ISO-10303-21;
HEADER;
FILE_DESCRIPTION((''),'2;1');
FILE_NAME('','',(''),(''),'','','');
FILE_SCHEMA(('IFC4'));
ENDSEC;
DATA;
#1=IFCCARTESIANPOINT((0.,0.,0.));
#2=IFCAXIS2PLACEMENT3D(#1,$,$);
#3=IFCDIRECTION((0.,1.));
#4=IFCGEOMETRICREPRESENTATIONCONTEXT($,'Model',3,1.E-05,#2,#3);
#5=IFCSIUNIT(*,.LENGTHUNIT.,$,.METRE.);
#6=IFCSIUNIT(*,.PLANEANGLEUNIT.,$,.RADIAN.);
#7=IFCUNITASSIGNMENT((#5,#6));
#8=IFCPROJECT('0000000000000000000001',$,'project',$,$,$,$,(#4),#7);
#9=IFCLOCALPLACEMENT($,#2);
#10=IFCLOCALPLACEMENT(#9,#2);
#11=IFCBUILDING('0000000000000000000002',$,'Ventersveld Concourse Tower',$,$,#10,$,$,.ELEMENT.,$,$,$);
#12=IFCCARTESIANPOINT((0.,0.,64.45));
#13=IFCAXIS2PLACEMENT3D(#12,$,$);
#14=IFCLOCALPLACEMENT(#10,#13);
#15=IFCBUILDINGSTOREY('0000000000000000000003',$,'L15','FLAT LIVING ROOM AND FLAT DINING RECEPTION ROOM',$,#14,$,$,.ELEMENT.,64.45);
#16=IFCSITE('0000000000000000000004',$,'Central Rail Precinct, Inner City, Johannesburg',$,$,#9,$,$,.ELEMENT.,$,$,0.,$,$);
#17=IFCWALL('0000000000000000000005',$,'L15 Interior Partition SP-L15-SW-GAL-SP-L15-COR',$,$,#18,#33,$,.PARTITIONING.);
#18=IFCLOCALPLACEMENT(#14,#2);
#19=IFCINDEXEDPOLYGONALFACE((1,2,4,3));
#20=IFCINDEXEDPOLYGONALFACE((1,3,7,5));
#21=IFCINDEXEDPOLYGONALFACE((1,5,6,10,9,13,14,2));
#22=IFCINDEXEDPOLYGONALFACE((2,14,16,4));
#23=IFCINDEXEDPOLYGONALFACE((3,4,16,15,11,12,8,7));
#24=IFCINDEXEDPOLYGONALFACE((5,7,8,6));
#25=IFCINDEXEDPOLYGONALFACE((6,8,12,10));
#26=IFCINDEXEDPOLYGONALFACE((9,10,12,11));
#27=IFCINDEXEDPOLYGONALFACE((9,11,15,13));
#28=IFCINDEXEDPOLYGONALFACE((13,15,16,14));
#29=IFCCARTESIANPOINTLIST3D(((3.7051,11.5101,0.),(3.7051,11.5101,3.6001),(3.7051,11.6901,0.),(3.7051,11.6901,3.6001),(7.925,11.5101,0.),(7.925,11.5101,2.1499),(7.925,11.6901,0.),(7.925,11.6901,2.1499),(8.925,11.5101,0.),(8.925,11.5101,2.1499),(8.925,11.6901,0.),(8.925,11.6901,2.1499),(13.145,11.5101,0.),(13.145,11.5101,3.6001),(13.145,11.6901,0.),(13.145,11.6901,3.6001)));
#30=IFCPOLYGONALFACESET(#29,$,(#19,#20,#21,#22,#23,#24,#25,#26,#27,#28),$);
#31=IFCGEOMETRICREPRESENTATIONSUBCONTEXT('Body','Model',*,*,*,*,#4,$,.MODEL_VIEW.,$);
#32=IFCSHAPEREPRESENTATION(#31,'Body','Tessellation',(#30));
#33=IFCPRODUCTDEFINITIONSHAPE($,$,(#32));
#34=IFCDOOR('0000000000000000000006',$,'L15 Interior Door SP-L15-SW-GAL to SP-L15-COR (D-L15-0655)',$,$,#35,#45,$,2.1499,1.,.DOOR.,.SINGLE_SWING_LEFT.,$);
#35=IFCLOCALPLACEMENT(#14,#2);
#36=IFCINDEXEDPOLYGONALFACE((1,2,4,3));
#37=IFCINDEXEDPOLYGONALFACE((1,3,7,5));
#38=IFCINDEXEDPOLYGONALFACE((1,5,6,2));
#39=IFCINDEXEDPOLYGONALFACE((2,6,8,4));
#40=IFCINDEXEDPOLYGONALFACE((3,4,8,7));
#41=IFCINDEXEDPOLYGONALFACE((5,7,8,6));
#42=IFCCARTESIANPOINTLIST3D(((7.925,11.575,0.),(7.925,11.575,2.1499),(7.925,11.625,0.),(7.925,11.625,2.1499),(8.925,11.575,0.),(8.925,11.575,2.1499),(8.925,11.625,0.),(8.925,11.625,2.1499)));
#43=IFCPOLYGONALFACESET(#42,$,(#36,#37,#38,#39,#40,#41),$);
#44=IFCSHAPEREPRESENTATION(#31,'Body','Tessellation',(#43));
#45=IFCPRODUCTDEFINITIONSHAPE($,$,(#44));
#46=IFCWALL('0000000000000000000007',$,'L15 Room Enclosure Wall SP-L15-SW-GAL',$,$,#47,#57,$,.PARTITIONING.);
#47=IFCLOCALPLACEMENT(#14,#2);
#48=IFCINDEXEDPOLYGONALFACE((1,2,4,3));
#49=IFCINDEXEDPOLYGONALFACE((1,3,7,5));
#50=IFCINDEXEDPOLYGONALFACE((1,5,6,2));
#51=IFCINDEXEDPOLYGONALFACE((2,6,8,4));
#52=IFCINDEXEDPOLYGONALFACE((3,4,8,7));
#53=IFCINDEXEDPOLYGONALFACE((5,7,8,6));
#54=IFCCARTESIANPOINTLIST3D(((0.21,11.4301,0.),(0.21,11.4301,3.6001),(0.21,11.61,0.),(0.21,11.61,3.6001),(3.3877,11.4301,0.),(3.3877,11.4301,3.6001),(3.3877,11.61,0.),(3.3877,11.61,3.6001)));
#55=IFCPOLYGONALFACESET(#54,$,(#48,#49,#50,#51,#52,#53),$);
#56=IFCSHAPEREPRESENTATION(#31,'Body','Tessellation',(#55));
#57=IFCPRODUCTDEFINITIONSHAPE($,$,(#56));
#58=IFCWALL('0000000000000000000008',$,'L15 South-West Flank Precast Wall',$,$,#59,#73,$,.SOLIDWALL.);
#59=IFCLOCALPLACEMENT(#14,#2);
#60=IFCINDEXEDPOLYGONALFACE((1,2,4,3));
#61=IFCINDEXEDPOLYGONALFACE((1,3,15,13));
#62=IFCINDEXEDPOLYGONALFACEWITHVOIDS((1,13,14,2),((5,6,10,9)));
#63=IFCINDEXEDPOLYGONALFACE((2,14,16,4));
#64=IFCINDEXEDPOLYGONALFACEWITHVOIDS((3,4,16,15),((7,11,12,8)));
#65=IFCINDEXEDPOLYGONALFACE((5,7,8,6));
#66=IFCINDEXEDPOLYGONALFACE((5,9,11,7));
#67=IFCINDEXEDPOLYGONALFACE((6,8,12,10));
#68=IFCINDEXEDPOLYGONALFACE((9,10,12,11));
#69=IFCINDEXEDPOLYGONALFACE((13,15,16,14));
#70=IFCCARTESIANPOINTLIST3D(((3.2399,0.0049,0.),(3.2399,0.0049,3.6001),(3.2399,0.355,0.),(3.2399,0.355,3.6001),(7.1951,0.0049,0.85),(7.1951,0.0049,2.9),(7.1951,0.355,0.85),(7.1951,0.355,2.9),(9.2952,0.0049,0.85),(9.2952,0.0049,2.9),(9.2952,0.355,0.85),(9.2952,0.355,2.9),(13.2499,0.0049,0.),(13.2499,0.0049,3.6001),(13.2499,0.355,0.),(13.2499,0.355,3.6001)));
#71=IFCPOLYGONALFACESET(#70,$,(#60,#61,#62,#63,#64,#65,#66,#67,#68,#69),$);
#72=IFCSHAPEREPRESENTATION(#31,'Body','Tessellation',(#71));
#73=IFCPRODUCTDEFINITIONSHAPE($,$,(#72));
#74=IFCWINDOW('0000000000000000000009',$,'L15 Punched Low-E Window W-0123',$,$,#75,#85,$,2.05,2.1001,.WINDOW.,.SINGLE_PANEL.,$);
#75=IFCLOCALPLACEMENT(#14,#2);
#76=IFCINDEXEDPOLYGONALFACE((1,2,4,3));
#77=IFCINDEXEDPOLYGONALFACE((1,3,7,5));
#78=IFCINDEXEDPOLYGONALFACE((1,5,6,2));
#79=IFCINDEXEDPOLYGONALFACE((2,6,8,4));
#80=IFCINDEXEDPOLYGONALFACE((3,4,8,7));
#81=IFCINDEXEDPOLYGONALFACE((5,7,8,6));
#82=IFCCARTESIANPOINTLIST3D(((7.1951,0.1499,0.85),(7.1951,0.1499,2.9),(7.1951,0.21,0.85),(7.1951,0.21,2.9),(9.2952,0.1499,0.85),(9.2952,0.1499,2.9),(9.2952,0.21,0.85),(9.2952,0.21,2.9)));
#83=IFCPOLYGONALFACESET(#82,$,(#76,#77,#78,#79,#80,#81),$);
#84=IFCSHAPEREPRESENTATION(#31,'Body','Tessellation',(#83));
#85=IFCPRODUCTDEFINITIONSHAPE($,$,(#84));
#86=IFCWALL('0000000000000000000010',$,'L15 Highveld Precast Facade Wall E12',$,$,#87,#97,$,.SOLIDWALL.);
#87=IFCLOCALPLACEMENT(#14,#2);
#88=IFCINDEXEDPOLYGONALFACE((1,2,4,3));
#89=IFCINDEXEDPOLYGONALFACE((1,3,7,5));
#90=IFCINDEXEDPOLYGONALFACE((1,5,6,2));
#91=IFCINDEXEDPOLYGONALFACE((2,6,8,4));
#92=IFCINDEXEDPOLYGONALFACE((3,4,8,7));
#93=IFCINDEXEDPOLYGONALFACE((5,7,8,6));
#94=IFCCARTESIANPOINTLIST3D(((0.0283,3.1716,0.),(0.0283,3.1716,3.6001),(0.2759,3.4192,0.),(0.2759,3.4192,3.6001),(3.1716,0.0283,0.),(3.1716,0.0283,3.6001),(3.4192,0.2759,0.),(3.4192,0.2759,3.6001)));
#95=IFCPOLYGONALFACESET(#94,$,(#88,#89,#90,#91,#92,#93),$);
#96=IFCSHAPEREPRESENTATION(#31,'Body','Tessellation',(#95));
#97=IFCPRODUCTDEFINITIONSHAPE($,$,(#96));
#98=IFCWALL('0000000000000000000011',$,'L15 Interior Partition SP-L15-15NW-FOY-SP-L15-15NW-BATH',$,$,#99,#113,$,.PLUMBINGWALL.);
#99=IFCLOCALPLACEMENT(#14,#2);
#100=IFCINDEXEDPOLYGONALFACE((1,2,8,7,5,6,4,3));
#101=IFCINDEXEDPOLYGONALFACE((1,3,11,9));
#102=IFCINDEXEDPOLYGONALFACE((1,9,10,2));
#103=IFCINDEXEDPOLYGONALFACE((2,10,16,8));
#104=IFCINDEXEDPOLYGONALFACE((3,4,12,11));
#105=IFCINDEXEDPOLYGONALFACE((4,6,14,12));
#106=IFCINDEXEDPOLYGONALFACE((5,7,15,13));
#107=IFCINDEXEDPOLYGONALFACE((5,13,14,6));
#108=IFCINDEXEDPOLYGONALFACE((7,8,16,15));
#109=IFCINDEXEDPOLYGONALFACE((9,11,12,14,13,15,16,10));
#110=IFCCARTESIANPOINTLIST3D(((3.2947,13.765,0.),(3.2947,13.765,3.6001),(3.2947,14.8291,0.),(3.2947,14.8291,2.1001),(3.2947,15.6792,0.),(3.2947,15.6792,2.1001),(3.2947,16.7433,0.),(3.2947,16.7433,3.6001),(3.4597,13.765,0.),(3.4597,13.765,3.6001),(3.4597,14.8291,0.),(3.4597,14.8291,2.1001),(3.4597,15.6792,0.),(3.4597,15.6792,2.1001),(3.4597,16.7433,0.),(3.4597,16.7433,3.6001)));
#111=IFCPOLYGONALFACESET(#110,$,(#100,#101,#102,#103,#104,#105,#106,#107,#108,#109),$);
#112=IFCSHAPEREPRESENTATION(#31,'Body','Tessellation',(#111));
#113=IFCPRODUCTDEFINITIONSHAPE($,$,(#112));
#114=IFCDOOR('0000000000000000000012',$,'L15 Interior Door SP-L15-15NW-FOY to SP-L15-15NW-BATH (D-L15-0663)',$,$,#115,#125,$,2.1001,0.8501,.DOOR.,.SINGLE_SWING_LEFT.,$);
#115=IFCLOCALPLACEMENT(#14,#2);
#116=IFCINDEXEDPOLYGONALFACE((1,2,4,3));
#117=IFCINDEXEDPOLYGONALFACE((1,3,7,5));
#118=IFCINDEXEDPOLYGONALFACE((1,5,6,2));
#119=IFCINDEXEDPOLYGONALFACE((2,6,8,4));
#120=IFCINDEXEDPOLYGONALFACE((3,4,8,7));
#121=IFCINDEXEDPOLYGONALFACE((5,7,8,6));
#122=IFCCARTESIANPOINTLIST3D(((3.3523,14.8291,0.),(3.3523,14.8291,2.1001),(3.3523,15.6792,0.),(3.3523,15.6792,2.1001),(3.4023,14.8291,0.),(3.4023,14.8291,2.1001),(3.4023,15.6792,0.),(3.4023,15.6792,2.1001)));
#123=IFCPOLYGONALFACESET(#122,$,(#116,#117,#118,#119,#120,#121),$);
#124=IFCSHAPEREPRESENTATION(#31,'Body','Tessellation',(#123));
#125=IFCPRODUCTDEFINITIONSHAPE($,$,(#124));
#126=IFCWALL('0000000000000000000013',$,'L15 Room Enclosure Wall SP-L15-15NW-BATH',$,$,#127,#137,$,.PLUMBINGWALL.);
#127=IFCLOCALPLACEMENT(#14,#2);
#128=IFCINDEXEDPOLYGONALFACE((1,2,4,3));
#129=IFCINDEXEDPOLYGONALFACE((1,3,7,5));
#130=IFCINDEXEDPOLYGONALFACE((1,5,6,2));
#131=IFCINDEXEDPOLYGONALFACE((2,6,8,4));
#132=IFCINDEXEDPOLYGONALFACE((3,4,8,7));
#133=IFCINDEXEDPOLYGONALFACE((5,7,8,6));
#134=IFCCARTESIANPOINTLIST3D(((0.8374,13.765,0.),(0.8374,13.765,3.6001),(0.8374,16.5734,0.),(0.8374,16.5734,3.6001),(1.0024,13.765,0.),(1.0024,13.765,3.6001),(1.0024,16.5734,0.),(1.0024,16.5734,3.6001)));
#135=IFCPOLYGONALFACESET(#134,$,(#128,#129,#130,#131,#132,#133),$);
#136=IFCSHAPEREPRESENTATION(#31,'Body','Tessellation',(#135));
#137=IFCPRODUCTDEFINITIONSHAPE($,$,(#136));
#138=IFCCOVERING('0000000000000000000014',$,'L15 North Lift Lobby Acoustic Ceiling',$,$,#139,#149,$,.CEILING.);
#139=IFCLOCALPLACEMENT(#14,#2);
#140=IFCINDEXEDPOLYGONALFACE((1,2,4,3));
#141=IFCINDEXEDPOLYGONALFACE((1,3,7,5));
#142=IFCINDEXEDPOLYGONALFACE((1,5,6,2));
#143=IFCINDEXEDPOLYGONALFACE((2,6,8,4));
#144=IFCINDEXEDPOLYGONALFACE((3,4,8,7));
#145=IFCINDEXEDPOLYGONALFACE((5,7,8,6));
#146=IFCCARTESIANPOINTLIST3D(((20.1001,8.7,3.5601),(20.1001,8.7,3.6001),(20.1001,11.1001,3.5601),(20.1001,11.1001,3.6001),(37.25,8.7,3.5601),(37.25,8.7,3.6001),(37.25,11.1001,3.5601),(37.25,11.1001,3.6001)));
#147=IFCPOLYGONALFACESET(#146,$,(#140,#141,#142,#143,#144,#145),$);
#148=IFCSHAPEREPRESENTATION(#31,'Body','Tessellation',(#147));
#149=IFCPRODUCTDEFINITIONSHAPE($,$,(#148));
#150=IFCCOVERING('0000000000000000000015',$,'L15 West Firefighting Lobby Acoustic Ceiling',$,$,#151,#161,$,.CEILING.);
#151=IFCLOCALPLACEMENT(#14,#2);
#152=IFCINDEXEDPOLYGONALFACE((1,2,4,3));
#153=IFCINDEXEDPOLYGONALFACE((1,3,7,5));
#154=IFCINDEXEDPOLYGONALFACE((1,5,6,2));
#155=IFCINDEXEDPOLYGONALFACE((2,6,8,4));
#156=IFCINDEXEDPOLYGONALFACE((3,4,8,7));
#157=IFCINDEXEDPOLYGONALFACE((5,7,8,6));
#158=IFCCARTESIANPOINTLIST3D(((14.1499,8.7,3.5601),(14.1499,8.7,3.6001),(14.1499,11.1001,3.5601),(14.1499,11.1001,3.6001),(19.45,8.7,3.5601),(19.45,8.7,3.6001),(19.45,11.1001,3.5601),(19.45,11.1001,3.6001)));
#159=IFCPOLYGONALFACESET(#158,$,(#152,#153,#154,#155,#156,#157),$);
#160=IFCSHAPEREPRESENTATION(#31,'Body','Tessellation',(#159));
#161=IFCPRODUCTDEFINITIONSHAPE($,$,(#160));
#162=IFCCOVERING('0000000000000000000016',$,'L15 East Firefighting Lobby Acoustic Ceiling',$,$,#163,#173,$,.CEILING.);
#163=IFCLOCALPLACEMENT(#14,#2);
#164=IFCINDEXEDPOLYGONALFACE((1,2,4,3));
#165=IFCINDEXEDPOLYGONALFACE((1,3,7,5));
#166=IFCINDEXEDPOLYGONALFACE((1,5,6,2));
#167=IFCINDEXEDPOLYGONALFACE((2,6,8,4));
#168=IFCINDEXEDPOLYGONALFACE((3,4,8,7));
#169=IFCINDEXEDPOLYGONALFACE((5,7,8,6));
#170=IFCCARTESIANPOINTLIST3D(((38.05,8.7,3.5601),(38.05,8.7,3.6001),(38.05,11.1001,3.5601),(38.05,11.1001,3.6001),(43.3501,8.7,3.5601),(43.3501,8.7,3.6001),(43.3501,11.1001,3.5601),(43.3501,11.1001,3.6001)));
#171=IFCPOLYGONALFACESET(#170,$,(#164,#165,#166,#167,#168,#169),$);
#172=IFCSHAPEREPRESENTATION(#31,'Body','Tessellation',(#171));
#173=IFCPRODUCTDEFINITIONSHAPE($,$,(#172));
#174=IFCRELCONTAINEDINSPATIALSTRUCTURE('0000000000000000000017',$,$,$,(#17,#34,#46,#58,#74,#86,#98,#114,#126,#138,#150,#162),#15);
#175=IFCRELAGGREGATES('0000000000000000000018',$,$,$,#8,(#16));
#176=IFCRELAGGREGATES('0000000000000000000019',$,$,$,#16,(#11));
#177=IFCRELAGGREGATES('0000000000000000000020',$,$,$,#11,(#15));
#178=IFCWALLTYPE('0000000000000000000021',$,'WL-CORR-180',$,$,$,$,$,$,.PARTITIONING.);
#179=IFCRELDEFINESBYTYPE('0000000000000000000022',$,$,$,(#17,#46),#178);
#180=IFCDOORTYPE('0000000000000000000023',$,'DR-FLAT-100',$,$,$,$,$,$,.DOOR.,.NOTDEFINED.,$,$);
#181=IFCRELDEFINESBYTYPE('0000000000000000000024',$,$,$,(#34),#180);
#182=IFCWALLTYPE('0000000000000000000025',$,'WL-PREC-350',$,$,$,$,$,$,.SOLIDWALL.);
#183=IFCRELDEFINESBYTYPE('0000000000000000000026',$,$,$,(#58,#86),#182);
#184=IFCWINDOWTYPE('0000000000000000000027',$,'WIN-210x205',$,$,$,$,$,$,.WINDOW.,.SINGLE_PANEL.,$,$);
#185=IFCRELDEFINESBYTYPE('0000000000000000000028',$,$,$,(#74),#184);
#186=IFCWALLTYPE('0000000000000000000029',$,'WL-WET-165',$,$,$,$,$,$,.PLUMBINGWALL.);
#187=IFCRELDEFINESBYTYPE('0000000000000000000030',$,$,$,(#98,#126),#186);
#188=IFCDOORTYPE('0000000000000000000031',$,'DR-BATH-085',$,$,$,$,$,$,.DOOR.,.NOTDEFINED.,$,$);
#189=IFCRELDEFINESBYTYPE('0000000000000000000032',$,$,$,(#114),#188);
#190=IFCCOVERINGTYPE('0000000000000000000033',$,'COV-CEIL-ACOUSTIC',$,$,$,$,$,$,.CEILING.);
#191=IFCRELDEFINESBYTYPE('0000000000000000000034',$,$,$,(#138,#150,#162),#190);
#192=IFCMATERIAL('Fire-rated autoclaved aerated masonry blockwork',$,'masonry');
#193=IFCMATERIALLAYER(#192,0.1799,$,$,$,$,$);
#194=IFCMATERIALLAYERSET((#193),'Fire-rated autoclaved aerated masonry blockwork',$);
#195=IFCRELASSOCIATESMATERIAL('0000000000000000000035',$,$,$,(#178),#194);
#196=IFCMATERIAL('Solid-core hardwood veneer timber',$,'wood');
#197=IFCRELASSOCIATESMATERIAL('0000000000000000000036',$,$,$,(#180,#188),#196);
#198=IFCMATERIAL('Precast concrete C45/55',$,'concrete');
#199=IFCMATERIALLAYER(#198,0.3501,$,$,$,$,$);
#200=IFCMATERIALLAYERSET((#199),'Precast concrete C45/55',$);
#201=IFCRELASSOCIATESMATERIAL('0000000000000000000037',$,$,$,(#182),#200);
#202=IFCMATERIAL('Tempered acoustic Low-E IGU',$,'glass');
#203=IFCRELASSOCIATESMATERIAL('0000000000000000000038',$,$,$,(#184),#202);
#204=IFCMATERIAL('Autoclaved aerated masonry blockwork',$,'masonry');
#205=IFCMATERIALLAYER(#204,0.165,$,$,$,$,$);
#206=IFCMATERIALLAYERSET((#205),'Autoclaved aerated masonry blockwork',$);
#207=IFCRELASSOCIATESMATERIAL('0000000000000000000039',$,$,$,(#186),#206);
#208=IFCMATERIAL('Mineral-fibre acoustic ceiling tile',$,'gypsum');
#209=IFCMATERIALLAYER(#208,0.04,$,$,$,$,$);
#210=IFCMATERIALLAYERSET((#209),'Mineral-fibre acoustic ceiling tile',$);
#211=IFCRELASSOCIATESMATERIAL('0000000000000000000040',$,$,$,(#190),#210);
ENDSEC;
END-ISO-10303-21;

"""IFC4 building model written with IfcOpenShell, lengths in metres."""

from ifc_helpers import new_model, si_unit, direction, frame, frame_2d, origin, place, context, subcontext, project, spatial, polyline, rectangle, outline, extrude, material, layer, layer_set, type_object, element, fill, save


model = new_model("IFC4")

# Units and contexts
model_context = context("Model", 3, precision=1e-05, world=origin(), true_north=direction((0.0, 1.0)))
body_context = subcontext(model_context, "Body", "Model", "MODEL_VIEW")
ifc_project = project(units=[si_unit("LENGTHUNIT", "METRE"), si_unit("PLANEANGLEUNIT", "RADIAN")], contexts=[model_context])

# Site, building, storey
site_placement = place(None, origin())
site = spatial("IfcSite", under=ifc_project, at=site_placement, Name="Central Rail Precinct, Inner City, Johannesburg", CompositionType="ELEMENT", RefElevation=0.0)
building_placement = place(site_placement, origin())
building = spatial("IfcBuilding", under=site, at=building_placement, Name="Ventersveld Concourse Tower", CompositionType="ELEMENT")
storey_placement = place(building_placement, frame((0.0, 0.0, 64.45)))
storey = spatial("IfcBuildingStorey", under=building, at=storey_placement, Name="L15", Description="FLAT LIVING ROOM AND FLAT DINING RECEPTION ROOM", CompositionType="ELEMENT", Elevation=64.45)

# Wall, opening, door
ifc_material_1 = material(Name="Fire-rated autoclaved aerated masonry blockwork", Category="masonry")
ifc_layer_1 = layer(ifc_material_1, 0.1799)
ifc_layer_set_1 = layer_set([ifc_layer_1], Name="Fire-rated autoclaved aerated masonry blockwork")
wall_type_1 = type_object("IfcWallType", Name="WL-CORR-180", PredefinedType="PARTITIONING", material=ifc_layer_set_1)
wall_1_placement = place(storey_placement, frame((3.7051, 11.6001, 0.0), z_axis=(0.0, 0.0, 1.0), x_axis=(1.0, 0.0, 0.0)))
wall_1 = element("IfcWall", 1, at=wall_1_placement, inside=storey, type_object=wall_type_1, Name="L15 Interior Partition SP-L15-SW-GAL-SP-L15-COR", PredefinedType="PARTITIONING", context=body_context, shape_type="SweptSolid", body=[
    extrude(rectangle(XDim=9.4399, YDim=0.1799, at=frame_2d((4.72, 0.0))), origin(), (0.0, 0.0, 1.0), 3.6001),
])
opening_1_placement = place(wall_1_placement, frame((4.22, 0.0, 0.0)))
opening_1 = element("IfcOpeningElement", 2, at=opening_1_placement, cuts=wall_1, PredefinedType="OPENING", context=body_context, shape_type="SweptSolid", body=[
    extrude(rectangle(XDim=1.0, YDim=2.1499, at=frame_2d((0.5, 1.075))), frame((0.0, 0.1001, 0.0), z_axis=(0.0, -1.0, 0.0), x_axis=(1.0, 0.0, 0.0)), (0.0, 0.0, 1.0), 0.2),
])
ifc_material_2 = material(Name="Solid-core hardwood veneer timber", Category="wood")
door_type_1 = type_object("IfcDoorType", Name="DR-FLAT-100", OperationType="NOTDEFINED", PredefinedType="DOOR", material=ifc_material_2)
door_1_placement = place(opening_1_placement, origin())
door_1 = element("IfcDoor", 3, at=door_1_placement, inside=storey, type_object=door_type_1, Name="L15 Interior Door SP-L15-SW-GAL to SP-L15-COR (D-L15-0655)", OperationType="SINGLE_SWING_LEFT", OverallHeight=2.1499, OverallWidth=1.0, PredefinedType="DOOR", context=body_context, shape_type="SweptSolid", body=[
    extrude(rectangle(XDim=1.0, YDim=2.1499, at=frame_2d((0.5, 1.075))), frame((0.0, 0.0249, 0.0), z_axis=(0.0, -1.0, 0.0), x_axis=(1.0, 0.0, 0.0)), (0.0, 0.0, 1.0), 0.05),
])
fill(opening_1, door_1)

# Wall
wall_2_placement = place(storey_placement, frame((0.21, 11.52, 0.0), z_axis=(0.0, 0.0, 1.0), x_axis=(1.0, 0.0, 0.0)))
element("IfcWall", 4, at=wall_2_placement, inside=storey, type_object=wall_type_1, Name="L15 Room Enclosure Wall SP-L15-SW-GAL", PredefinedType="PARTITIONING", context=body_context, shape_type="SweptSolid", body=[
    extrude(rectangle(XDim=3.1777, YDim=0.1799, at=frame_2d((1.5889, 0.0))), origin(), (0.0, 0.0, 1.0), 3.6001),
])

# Wall, opening, window
ifc_material_3 = material(Name="Precast concrete C45/55", Category="concrete")
ifc_layer_2 = layer(ifc_material_3, 0.3501)
ifc_layer_set_2 = layer_set([ifc_layer_2], Name="Precast concrete C45/55")
wall_type_2 = type_object("IfcWallType", Name="WL-PREC-350", PredefinedType="SOLIDWALL", material=ifc_layer_set_2)
wall_3_placement = place(storey_placement, frame((3.24, 0.1799, 0.0), z_axis=(0.0, 0.0, 1.0), x_axis=(1.0, 0.0, 0.0)))
wall_3 = element("IfcWall", 5, at=wall_3_placement, inside=storey, type_object=wall_type_2, Name="L15 South-West Flank Precast Wall", PredefinedType="SOLIDWALL", context=body_context, shape_type="SweptSolid", body=[
    extrude(rectangle(XDim=10.01, YDim=0.3501, at=frame_2d((5.0049, 0.0))), origin(), (0.0, 0.0, 1.0), 3.6001),
])
opening_2_placement = place(wall_3_placement, frame((3.9551, 0.0, 0.8501)))
opening_2 = element("IfcOpeningElement", 6, at=opening_2_placement, cuts=wall_3, PredefinedType="OPENING", context=body_context, shape_type="SweptSolid", body=[
    extrude(rectangle(XDim=2.1001, YDim=2.05, at=frame_2d((1.05, 1.0249))), frame((0.0, 0.1851, 0.0), z_axis=(0.0, -1.0, 0.0), x_axis=(1.0, 0.0, 0.0)), (0.0, 0.0, 1.0), 0.3701),
])
ifc_material_4 = material(Name="Tempered acoustic Low-E IGU", Category="glass")
window_type = type_object("IfcWindowType", Name="WIN-210x205", PartitioningType="SINGLE_PANEL", PredefinedType="WINDOW", material=ifc_material_4)
window_placement = place(opening_2_placement, origin())
window = element("IfcWindow", 7, at=window_placement, inside=storey, type_object=window_type, Name="L15 Punched Low-E Window W-0123", OverallHeight=2.05, OverallWidth=2.1001, PartitioningType="SINGLE_PANEL", PredefinedType="WINDOW", context=body_context, shape_type="SweptSolid", body=[
    extrude(rectangle(XDim=2.1001, YDim=2.05, at=frame_2d((1.05, 1.0249))), frame((0.0, 0.03, 0.0), z_axis=(0.0, -1.0, 0.0), x_axis=(1.0, 0.0, 0.0)), (0.0, 0.0, 1.0), 0.0601),
])
fill(opening_2, window)

# Wall
wall_4_placement = place(storey_placement, frame((0.1521, 3.2954, 0.0), z_axis=(0.0, 0.0, 1.0), x_axis=(0.707107, -0.707107, 0.0)))
element("IfcWall", 8, at=wall_4_placement, inside=storey, type_object=wall_type_2, Name="L15 Highveld Precast Facade Wall E12", PredefinedType="SOLIDWALL", context=body_context, shape_type="SweptSolid", body=[
    extrude(rectangle(XDim=4.4453, YDim=0.3501, at=frame_2d((2.2227, 0.0))), origin(), (0.0, 0.0, 1.0), 3.6001),
])

# Wall, opening, door
ifc_material_5 = material(Name="Autoclaved aerated masonry blockwork", Category="masonry")
ifc_layer_3 = layer(ifc_material_5, 0.165)
ifc_layer_set_3 = layer_set([ifc_layer_3], Name="Autoclaved aerated masonry blockwork")
wall_type_3 = type_object("IfcWallType", Name="WL-WET-165", PredefinedType="PLUMBINGWALL", material=ifc_layer_set_3)
wall_5_placement = place(storey_placement, frame((3.3772, 13.7649, 0.0), z_axis=(0.0, 0.0, 1.0), x_axis=(0.0, 1.0, 0.0)))
wall_5 = element("IfcWall", 9, at=wall_5_placement, inside=storey, type_object=wall_type_3, Name="L15 Interior Partition SP-L15-15NW-FOY-SP-L15-15NW-BATH", PredefinedType="PLUMBINGWALL", context=body_context, shape_type="SweptSolid", body=[
    extrude(rectangle(XDim=2.9783, YDim=0.165, at=frame_2d((1.4893, 0.0))), origin(), (0.0, 0.0, 1.0), 3.6001),
])
opening_3_placement = place(wall_5_placement, frame((1.0642, 0.0, 0.0)))
opening_3 = element("IfcOpeningElement", 10, at=opening_3_placement, cuts=wall_5, PredefinedType="OPENING", context=body_context, shape_type="SweptSolid", body=[
    extrude(rectangle(XDim=0.8501, YDim=2.1001, at=frame_2d((0.425, 1.05))), frame((0.0, 0.0925, 0.0), z_axis=(0.0, -1.0, 0.0), x_axis=(1.0, 0.0, 0.0)), (0.0, 0.0, 1.0), 0.1851),
])
door_type_2 = type_object("IfcDoorType", Name="DR-BATH-085", OperationType="NOTDEFINED", PredefinedType="DOOR", material=ifc_material_2)
door_2_placement = place(opening_3_placement, origin())
door_2 = element("IfcDoor", 11, at=door_2_placement, inside=storey, type_object=door_type_2, Name="L15 Interior Door SP-L15-15NW-FOY to SP-L15-15NW-BATH (D-L15-0663)", OperationType="SINGLE_SWING_LEFT", OverallHeight=2.1001, OverallWidth=0.8501, PredefinedType="DOOR", context=body_context, shape_type="SweptSolid", body=[
    extrude(rectangle(XDim=0.8501, YDim=2.1001, at=frame_2d((0.425, 1.05))), frame((0.0, 0.0249, 0.0), z_axis=(0.0, -1.0, 0.0), x_axis=(1.0, 0.0, 0.0)), (0.0, 0.0, 1.0), 0.05),
])
fill(opening_3, door_2)

# Wall
wall_6_placement = place(storey_placement, frame((0.9199, 13.7649, 0.0), z_axis=(0.0, 0.0, 1.0), x_axis=(0.0, 1.0, 0.0)))
element("IfcWall", 12, at=wall_6_placement, inside=storey, type_object=wall_type_3, Name="L15 Room Enclosure Wall SP-L15-15NW-BATH", PredefinedType="PLUMBINGWALL", context=body_context, shape_type="SweptSolid", body=[
    extrude(rectangle(XDim=2.8083, YDim=0.165, at=frame_2d((1.4043, 0.0))), origin(), (0.0, 0.0, 1.0), 3.6001),
])

# Coverings
ifc_material_6 = material(Name="Mineral-fibre acoustic ceiling tile", Category="gypsum")
ifc_layer_4 = layer(ifc_material_6, 0.04)
ifc_layer_set_4 = layer_set([ifc_layer_4], Name="Mineral-fibre acoustic ceiling tile")
covering_type_1 = type_object("IfcCoveringType", Name="COV-CEIL-ACOUSTIC", PredefinedType="CEILING", material=ifc_layer_set_4)
covering_1_placement = place(storey_placement, frame((0.0, 0.0, 3.5601)))
element("IfcCovering", 13, at=covering_1_placement, inside=storey, type_object=covering_type_1, Name="L15 North Lift Lobby Acoustic Ceiling", PredefinedType="CEILING", context=body_context, shape_type="SweptSolid", body=[
    extrude(outline(polyline([(20.1001, 8.7), (37.25, 8.7), (37.25, 11.1001), (20.1001, 11.1001), (20.1001, 8.7)])), origin(), (0.0, 0.0, 1.0), 0.04),
])
covering_2_placement = place(storey_placement, frame((0.0, 0.0, 3.5601)))
element("IfcCovering", 14, at=covering_2_placement, inside=storey, type_object=covering_type_1, Name="L15 West Firefighting Lobby Acoustic Ceiling", PredefinedType="CEILING", context=body_context, shape_type="SweptSolid", body=[
    extrude(outline(polyline([(14.1499, 8.7), (19.45, 8.7), (19.45, 11.1001), (14.1499, 11.1001), (14.1499, 8.7)])), origin(), (0.0, 0.0, 1.0), 0.04),
])
covering_3_placement = place(storey_placement, frame((0.0, 0.0, 3.5601)))
element("IfcCovering", 15, at=covering_3_placement, inside=storey, type_object=covering_type_1, Name="L15 East Firefighting Lobby Acoustic Ceiling", PredefinedType="CEILING", context=body_context, shape_type="SweptSolid", body=[
    extrude(outline(polyline([(38.05, 8.7), (43.3501, 8.7), (43.3501, 11.1001), (38.05, 11.1001), (38.05, 8.7)])), origin(), (0.0, 0.0, 1.0), 0.04),
])

save(model, "model.ifc")
